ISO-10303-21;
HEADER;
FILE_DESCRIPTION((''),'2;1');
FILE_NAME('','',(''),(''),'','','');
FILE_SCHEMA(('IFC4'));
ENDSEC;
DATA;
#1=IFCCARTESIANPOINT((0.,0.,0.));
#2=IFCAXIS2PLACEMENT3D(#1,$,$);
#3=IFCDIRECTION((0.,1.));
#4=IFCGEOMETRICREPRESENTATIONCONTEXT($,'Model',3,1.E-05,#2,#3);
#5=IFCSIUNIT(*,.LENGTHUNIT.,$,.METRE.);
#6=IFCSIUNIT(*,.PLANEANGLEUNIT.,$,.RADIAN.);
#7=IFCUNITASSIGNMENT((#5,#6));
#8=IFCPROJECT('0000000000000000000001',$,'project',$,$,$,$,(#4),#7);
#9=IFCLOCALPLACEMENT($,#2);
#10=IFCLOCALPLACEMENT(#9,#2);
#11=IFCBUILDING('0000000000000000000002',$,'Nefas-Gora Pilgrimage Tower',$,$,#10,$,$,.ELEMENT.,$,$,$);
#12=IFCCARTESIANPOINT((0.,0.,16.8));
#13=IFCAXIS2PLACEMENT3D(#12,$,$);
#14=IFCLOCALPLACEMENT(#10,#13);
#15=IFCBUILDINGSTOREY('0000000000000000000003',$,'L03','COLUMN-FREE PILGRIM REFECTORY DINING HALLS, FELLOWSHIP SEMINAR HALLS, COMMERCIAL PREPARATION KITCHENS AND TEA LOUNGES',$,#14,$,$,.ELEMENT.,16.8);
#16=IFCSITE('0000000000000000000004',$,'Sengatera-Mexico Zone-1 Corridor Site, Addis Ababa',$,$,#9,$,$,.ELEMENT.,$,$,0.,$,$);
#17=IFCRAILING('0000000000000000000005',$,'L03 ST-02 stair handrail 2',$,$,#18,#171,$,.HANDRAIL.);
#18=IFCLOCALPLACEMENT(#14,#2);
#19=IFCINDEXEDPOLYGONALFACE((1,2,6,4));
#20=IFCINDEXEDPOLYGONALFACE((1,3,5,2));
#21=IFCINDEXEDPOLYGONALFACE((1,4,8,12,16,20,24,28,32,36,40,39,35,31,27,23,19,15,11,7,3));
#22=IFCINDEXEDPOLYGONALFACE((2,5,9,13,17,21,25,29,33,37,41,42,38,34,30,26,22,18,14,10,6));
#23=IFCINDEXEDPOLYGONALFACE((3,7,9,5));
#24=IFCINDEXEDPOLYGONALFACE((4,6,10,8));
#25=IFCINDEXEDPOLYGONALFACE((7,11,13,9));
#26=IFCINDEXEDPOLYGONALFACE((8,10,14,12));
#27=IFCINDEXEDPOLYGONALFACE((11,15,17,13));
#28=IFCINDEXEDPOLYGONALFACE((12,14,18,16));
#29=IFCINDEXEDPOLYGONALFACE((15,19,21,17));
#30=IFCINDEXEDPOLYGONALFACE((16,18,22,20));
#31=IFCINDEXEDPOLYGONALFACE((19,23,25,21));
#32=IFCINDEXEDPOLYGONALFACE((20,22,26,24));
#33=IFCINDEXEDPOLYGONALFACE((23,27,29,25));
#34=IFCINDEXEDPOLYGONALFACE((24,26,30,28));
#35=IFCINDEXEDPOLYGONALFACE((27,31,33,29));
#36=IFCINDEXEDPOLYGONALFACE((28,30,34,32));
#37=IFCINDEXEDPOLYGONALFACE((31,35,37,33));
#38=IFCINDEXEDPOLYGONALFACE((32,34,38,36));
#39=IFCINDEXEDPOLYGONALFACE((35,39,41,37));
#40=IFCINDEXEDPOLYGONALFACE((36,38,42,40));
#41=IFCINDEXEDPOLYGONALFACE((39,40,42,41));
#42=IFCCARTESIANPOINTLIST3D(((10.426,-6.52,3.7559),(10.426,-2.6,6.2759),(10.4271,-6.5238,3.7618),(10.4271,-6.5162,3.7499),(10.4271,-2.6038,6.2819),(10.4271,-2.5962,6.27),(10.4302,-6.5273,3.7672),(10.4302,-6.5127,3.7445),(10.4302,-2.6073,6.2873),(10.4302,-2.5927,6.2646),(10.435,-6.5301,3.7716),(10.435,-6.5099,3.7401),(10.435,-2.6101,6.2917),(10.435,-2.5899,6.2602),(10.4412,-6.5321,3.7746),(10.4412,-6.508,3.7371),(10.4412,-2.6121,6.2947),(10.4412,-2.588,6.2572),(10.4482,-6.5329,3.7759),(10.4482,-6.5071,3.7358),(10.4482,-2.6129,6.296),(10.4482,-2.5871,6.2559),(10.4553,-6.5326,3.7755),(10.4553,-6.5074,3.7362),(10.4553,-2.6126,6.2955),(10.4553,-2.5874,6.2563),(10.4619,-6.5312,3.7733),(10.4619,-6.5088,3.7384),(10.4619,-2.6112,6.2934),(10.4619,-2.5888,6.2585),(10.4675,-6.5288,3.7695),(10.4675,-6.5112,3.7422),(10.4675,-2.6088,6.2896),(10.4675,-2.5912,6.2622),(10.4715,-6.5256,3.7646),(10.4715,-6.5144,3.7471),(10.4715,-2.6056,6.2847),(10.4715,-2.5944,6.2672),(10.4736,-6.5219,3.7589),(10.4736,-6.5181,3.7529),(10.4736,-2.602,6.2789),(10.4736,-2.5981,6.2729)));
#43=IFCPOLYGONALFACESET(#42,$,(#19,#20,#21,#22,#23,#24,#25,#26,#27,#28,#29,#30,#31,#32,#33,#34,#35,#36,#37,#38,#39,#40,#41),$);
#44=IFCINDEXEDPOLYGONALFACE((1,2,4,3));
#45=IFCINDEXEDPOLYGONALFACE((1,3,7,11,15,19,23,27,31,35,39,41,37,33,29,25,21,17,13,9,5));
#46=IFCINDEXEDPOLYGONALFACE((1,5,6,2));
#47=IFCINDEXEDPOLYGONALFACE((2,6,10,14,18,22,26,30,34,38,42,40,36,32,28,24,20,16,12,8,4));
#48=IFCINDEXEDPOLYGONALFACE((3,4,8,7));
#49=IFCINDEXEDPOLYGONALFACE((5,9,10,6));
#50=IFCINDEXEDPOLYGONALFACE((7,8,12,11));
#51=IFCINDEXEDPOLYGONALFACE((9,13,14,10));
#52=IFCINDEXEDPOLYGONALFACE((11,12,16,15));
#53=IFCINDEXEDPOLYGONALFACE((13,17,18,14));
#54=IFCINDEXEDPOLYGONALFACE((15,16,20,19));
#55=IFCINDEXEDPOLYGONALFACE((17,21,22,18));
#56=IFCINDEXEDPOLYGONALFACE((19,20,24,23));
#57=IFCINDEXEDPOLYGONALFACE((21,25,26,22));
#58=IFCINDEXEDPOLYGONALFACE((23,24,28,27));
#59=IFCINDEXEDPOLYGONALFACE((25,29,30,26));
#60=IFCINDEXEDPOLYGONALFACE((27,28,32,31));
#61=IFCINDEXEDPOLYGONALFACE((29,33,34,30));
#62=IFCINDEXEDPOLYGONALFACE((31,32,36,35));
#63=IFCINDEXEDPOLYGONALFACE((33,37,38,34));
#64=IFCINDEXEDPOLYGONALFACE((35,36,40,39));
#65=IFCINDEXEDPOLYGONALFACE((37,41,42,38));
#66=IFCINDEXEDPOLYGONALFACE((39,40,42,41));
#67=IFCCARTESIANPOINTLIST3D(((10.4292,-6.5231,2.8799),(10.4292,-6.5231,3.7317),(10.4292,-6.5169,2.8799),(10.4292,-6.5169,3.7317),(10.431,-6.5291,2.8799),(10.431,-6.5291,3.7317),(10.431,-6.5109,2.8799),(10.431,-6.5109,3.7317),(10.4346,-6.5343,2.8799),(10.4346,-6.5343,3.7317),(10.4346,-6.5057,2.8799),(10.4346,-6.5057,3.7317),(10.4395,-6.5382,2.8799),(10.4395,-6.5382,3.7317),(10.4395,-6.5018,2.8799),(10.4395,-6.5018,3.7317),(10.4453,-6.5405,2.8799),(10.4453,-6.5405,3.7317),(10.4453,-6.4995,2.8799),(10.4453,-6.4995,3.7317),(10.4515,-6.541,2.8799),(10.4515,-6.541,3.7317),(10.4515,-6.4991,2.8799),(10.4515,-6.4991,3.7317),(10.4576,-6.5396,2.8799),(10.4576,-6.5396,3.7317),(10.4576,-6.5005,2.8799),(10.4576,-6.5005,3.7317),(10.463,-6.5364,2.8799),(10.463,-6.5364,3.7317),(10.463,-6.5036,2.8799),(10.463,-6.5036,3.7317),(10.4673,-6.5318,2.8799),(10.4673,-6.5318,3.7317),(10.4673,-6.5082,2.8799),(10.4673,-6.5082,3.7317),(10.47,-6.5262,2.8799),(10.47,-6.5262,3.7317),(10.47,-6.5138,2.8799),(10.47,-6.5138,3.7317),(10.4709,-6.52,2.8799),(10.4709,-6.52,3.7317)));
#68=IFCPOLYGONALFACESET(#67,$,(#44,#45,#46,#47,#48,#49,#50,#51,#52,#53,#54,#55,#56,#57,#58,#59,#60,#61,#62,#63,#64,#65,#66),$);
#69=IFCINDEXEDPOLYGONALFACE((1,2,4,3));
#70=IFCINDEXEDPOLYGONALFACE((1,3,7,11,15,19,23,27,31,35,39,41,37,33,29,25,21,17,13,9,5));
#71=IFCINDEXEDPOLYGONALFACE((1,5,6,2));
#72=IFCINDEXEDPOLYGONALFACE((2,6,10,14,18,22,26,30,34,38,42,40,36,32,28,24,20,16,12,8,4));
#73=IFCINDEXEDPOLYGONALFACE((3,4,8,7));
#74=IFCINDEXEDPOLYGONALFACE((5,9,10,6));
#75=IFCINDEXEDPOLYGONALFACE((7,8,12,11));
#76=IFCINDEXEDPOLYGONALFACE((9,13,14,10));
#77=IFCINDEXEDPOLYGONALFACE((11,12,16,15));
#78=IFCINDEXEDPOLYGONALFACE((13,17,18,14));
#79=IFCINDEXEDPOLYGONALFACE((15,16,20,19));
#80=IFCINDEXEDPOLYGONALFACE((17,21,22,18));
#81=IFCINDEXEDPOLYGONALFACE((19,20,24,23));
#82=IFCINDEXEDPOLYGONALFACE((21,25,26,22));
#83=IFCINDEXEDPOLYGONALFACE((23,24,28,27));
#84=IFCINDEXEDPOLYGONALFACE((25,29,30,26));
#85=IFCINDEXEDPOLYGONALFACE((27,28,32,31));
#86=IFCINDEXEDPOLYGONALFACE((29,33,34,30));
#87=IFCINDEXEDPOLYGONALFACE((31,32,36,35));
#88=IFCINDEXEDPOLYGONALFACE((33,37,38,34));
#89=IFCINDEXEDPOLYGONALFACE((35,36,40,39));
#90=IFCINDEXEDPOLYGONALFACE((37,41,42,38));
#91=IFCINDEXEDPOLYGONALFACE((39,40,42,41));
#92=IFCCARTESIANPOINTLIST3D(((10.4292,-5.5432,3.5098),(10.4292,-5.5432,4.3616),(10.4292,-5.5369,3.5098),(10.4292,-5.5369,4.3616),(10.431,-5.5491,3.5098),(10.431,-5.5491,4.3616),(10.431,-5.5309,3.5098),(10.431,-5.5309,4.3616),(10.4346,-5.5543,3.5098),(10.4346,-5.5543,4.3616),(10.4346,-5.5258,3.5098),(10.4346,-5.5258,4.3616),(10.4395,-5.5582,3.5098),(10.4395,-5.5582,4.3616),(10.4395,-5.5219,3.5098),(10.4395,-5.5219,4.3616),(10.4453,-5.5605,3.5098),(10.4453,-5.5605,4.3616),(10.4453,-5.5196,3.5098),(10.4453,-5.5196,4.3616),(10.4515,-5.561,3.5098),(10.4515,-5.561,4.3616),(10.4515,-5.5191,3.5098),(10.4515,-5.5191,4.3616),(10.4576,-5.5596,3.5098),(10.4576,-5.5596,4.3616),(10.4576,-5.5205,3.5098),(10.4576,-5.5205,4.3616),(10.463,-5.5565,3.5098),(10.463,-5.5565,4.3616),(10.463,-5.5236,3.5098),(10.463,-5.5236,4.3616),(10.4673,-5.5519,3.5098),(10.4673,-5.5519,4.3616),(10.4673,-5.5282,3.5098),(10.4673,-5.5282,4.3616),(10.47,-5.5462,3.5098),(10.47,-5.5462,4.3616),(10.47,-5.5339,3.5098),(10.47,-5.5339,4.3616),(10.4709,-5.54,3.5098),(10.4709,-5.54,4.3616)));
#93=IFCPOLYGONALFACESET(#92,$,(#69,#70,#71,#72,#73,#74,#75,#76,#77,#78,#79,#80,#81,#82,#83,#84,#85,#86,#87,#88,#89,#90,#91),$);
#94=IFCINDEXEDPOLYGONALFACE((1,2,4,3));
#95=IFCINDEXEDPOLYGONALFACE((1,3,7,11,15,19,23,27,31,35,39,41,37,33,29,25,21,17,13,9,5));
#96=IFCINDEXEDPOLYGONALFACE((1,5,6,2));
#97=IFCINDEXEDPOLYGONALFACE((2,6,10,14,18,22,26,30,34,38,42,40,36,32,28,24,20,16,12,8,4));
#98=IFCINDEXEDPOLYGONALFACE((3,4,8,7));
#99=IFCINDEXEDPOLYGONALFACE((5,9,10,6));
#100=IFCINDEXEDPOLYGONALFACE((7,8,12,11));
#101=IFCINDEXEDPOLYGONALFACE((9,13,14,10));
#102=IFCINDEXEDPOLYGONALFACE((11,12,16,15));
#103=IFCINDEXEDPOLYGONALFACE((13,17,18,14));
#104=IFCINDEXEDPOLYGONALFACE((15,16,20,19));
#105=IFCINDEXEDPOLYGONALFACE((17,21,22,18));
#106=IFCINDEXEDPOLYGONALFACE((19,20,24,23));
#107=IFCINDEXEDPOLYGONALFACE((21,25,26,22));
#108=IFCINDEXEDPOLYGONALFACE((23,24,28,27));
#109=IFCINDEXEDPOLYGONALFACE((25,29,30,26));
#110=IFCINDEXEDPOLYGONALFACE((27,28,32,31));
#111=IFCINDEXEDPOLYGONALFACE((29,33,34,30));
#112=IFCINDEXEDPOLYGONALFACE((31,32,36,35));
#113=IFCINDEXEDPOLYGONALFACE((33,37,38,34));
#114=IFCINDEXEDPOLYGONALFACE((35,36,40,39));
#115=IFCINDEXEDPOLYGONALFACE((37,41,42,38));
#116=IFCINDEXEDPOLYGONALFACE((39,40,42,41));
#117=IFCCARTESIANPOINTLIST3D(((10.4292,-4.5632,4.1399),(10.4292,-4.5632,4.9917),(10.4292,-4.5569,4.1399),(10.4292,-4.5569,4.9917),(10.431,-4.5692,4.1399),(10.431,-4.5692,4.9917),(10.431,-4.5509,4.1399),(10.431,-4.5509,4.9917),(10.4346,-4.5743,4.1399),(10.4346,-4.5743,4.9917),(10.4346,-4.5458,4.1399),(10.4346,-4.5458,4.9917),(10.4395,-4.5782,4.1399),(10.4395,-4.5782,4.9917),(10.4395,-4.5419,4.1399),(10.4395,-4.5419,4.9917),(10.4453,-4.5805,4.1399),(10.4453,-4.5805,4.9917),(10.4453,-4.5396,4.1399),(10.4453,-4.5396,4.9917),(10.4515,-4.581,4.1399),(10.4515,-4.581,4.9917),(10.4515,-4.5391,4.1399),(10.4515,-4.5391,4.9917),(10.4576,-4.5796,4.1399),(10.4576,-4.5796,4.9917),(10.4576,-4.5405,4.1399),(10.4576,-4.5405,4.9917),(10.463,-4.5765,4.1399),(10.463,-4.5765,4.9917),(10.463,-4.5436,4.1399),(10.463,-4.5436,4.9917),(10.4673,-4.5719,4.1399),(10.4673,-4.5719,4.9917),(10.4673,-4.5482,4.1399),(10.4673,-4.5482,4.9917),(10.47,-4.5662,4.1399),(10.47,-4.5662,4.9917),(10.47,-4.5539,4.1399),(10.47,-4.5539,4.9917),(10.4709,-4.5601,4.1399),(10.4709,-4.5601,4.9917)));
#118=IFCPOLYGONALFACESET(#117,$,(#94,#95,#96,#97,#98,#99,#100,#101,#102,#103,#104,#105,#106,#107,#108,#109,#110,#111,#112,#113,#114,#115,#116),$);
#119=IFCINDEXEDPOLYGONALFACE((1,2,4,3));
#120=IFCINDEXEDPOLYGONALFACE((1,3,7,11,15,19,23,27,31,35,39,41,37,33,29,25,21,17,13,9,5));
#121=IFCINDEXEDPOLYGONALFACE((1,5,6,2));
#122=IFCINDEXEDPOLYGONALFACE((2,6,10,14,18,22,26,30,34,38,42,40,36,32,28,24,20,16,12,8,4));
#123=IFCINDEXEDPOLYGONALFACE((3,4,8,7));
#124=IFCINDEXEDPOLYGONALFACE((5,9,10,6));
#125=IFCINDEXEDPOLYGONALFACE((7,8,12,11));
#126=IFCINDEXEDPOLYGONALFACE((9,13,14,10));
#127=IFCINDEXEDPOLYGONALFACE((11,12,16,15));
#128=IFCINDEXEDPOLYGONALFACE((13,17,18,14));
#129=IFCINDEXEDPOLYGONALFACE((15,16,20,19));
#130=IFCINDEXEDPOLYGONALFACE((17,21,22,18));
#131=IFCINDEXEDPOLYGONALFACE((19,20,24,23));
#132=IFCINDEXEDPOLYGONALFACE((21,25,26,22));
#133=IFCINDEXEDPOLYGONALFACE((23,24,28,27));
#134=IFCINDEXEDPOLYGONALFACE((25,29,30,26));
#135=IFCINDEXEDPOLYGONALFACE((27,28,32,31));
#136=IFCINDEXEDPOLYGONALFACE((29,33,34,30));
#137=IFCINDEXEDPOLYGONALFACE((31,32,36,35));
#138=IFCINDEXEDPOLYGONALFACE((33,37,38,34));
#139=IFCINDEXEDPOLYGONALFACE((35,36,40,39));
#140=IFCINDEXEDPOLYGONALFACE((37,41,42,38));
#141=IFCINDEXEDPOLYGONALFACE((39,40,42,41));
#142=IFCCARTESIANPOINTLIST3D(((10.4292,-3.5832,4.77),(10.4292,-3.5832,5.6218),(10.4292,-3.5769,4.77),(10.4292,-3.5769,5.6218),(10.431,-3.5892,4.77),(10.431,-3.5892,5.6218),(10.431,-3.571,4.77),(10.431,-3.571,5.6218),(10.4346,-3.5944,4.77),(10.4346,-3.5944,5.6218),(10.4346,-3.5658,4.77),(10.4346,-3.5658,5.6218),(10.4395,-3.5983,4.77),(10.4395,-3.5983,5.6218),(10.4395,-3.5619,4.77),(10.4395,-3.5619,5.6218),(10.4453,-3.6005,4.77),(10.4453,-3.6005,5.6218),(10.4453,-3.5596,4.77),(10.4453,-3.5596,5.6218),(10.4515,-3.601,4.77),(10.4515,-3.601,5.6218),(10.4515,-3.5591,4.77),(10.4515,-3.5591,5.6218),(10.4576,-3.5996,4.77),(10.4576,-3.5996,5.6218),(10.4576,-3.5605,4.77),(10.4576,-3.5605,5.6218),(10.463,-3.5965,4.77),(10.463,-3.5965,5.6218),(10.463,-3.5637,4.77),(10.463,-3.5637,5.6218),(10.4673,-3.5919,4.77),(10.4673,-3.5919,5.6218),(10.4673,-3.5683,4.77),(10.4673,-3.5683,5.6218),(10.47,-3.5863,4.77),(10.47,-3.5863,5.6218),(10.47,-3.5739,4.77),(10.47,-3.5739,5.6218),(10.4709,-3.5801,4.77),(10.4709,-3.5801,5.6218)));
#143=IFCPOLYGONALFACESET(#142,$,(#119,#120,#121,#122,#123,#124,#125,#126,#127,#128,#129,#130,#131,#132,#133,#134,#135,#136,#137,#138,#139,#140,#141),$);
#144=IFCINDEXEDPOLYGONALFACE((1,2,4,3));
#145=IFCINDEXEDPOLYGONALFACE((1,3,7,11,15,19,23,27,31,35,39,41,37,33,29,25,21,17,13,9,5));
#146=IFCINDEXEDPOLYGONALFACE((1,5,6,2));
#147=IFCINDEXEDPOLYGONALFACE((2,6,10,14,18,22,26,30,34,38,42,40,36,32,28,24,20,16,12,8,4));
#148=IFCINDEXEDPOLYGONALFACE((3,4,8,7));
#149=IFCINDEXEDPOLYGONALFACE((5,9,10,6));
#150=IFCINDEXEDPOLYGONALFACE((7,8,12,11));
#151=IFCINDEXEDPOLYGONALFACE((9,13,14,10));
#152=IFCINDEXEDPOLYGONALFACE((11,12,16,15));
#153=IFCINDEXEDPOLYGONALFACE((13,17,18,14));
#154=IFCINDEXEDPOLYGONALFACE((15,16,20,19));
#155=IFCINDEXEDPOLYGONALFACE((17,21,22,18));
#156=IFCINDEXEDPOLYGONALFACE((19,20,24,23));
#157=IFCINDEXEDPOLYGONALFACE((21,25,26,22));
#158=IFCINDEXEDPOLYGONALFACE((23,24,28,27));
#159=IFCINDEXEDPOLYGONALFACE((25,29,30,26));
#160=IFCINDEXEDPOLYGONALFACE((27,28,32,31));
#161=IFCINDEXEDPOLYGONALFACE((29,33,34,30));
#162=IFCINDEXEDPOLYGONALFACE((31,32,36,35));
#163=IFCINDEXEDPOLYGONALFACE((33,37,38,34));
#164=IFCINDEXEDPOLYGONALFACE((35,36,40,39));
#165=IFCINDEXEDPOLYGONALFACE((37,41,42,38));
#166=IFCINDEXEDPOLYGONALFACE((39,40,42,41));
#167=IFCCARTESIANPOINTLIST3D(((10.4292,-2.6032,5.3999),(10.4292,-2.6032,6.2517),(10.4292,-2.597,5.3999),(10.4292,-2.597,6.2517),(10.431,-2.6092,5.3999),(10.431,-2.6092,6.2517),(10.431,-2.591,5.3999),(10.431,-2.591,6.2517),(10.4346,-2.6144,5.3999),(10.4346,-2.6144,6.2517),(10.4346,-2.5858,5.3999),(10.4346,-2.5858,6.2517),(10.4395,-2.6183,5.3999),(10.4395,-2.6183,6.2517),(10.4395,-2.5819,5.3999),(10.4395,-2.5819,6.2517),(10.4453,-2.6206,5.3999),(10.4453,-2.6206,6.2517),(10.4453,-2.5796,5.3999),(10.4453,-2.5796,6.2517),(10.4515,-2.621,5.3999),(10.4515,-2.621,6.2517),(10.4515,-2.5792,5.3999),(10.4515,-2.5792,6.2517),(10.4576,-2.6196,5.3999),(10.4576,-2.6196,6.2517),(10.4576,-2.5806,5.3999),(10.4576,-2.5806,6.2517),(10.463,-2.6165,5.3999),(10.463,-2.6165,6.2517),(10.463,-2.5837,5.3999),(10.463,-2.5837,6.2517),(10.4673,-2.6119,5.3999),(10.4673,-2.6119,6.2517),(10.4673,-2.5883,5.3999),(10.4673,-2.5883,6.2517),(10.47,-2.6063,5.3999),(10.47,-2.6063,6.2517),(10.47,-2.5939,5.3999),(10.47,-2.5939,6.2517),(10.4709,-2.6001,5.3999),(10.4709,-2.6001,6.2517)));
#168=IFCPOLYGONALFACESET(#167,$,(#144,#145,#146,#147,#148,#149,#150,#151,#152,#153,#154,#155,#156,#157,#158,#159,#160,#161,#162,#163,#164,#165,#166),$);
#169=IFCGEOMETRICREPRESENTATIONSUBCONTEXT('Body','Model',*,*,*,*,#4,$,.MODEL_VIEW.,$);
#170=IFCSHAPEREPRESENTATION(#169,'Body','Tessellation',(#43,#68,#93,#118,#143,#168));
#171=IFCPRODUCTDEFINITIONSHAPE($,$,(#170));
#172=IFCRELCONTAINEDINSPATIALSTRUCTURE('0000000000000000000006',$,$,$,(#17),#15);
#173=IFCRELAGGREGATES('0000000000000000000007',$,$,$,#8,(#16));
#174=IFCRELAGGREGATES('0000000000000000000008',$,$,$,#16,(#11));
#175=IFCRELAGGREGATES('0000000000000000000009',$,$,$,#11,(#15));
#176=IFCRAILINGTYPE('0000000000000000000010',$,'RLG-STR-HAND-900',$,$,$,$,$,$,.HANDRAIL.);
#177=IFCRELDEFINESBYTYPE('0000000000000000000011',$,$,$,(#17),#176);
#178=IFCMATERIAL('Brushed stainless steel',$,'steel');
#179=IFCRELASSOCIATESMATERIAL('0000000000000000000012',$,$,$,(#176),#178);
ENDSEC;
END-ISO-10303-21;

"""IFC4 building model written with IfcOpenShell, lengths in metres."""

from ifc_helpers import new_model, si_unit, direction, frame, origin, origin_2d, place, context, subcontext, project, spatial, circle, extrude, material, type_object, element, save


model = new_model("IFC4")

# Units and contexts
model_context = context("Model", 3, precision=1e-05, world=origin(), true_north=direction((0.0, 1.0)))
body_context = subcontext(model_context, "Body", "Model", "MODEL_VIEW")
ifc_project = project(units=[si_unit("LENGTHUNIT", "METRE"), si_unit("PLANEANGLEUNIT", "RADIAN")], contexts=[model_context])

# Site, building, storey
site_placement = place(None, origin())
site = spatial("IfcSite", under=ifc_project, at=site_placement, Name="Sengatera-Mexico Zone-1 Corridor Site, Addis Ababa", CompositionType="ELEMENT", RefElevation=0.0)
building_placement = place(site_placement, origin())
building = spatial("IfcBuilding", under=site, at=building_placement, Name="Nefas-Gora Pilgrimage Tower", CompositionType="ELEMENT")
storey_placement = place(building_placement, frame((0.0, 0.0, 16.8)))
storey = spatial("IfcBuildingStorey", under=building, at=storey_placement, Name="L03", Description="COLUMN-FREE PILGRIM REFECTORY DINING HALLS, FELLOWSHIP SEMINAR HALLS, COMMERCIAL PREPARATION KITCHENS AND TEA LOUNGES", CompositionType="ELEMENT", Elevation=16.8)

# Railing
ifc_material_1 = material(Name="Brushed stainless steel", Category="steel")
railing_type_1 = type_object("IfcRailingType", Name="RLG-STR-HAND-900", PredefinedType="HANDRAIL", material=ifc_material_1)
railing_1_placement = place(storey_placement, frame((10.45, -6.52, 2.8799)))
element("IfcRailing", 1, at=railing_1_placement, inside=storey, type_object=railing_type_1, Name="L03 ST-02 stair handrail 2", PredefinedType="HANDRAIL", context=body_context, shape_type="SweptSolid", body=[
    extrude(circle(Radius=0.0239, at=origin_2d()), frame((0.0, 0.0, 0.876), z_axis=(0.0, 0.841172, 0.540768), x_axis=(-1.0, 0.0, 0.0)), (0.0, 0.0, 1.0), 4.6602),
    extrude(circle(Radius=0.021, at=origin_2d()), origin(), (0.0, 0.0, 1.0), 0.8518),
    extrude(circle(Radius=0.021, at=origin_2d()), frame((0.0, 0.98, 0.6299)), (0.0, 0.0, 1.0), 0.8518),
    extrude(circle(Radius=0.021, at=origin_2d()), frame((0.0, 1.96, 1.26)), (0.0, 0.0, 1.0), 0.8518),
    extrude(circle(Radius=0.021, at=origin_2d()), frame((0.0, 2.9399, 1.8901)), (0.0, 0.0, 1.0), 0.8518),
    extrude(circle(Radius=0.021, at=origin_2d()), frame((0.0, 3.9199, 2.52)), (0.0, 0.0, 1.0), 0.8518),
])

save(model, "model.ifc")
